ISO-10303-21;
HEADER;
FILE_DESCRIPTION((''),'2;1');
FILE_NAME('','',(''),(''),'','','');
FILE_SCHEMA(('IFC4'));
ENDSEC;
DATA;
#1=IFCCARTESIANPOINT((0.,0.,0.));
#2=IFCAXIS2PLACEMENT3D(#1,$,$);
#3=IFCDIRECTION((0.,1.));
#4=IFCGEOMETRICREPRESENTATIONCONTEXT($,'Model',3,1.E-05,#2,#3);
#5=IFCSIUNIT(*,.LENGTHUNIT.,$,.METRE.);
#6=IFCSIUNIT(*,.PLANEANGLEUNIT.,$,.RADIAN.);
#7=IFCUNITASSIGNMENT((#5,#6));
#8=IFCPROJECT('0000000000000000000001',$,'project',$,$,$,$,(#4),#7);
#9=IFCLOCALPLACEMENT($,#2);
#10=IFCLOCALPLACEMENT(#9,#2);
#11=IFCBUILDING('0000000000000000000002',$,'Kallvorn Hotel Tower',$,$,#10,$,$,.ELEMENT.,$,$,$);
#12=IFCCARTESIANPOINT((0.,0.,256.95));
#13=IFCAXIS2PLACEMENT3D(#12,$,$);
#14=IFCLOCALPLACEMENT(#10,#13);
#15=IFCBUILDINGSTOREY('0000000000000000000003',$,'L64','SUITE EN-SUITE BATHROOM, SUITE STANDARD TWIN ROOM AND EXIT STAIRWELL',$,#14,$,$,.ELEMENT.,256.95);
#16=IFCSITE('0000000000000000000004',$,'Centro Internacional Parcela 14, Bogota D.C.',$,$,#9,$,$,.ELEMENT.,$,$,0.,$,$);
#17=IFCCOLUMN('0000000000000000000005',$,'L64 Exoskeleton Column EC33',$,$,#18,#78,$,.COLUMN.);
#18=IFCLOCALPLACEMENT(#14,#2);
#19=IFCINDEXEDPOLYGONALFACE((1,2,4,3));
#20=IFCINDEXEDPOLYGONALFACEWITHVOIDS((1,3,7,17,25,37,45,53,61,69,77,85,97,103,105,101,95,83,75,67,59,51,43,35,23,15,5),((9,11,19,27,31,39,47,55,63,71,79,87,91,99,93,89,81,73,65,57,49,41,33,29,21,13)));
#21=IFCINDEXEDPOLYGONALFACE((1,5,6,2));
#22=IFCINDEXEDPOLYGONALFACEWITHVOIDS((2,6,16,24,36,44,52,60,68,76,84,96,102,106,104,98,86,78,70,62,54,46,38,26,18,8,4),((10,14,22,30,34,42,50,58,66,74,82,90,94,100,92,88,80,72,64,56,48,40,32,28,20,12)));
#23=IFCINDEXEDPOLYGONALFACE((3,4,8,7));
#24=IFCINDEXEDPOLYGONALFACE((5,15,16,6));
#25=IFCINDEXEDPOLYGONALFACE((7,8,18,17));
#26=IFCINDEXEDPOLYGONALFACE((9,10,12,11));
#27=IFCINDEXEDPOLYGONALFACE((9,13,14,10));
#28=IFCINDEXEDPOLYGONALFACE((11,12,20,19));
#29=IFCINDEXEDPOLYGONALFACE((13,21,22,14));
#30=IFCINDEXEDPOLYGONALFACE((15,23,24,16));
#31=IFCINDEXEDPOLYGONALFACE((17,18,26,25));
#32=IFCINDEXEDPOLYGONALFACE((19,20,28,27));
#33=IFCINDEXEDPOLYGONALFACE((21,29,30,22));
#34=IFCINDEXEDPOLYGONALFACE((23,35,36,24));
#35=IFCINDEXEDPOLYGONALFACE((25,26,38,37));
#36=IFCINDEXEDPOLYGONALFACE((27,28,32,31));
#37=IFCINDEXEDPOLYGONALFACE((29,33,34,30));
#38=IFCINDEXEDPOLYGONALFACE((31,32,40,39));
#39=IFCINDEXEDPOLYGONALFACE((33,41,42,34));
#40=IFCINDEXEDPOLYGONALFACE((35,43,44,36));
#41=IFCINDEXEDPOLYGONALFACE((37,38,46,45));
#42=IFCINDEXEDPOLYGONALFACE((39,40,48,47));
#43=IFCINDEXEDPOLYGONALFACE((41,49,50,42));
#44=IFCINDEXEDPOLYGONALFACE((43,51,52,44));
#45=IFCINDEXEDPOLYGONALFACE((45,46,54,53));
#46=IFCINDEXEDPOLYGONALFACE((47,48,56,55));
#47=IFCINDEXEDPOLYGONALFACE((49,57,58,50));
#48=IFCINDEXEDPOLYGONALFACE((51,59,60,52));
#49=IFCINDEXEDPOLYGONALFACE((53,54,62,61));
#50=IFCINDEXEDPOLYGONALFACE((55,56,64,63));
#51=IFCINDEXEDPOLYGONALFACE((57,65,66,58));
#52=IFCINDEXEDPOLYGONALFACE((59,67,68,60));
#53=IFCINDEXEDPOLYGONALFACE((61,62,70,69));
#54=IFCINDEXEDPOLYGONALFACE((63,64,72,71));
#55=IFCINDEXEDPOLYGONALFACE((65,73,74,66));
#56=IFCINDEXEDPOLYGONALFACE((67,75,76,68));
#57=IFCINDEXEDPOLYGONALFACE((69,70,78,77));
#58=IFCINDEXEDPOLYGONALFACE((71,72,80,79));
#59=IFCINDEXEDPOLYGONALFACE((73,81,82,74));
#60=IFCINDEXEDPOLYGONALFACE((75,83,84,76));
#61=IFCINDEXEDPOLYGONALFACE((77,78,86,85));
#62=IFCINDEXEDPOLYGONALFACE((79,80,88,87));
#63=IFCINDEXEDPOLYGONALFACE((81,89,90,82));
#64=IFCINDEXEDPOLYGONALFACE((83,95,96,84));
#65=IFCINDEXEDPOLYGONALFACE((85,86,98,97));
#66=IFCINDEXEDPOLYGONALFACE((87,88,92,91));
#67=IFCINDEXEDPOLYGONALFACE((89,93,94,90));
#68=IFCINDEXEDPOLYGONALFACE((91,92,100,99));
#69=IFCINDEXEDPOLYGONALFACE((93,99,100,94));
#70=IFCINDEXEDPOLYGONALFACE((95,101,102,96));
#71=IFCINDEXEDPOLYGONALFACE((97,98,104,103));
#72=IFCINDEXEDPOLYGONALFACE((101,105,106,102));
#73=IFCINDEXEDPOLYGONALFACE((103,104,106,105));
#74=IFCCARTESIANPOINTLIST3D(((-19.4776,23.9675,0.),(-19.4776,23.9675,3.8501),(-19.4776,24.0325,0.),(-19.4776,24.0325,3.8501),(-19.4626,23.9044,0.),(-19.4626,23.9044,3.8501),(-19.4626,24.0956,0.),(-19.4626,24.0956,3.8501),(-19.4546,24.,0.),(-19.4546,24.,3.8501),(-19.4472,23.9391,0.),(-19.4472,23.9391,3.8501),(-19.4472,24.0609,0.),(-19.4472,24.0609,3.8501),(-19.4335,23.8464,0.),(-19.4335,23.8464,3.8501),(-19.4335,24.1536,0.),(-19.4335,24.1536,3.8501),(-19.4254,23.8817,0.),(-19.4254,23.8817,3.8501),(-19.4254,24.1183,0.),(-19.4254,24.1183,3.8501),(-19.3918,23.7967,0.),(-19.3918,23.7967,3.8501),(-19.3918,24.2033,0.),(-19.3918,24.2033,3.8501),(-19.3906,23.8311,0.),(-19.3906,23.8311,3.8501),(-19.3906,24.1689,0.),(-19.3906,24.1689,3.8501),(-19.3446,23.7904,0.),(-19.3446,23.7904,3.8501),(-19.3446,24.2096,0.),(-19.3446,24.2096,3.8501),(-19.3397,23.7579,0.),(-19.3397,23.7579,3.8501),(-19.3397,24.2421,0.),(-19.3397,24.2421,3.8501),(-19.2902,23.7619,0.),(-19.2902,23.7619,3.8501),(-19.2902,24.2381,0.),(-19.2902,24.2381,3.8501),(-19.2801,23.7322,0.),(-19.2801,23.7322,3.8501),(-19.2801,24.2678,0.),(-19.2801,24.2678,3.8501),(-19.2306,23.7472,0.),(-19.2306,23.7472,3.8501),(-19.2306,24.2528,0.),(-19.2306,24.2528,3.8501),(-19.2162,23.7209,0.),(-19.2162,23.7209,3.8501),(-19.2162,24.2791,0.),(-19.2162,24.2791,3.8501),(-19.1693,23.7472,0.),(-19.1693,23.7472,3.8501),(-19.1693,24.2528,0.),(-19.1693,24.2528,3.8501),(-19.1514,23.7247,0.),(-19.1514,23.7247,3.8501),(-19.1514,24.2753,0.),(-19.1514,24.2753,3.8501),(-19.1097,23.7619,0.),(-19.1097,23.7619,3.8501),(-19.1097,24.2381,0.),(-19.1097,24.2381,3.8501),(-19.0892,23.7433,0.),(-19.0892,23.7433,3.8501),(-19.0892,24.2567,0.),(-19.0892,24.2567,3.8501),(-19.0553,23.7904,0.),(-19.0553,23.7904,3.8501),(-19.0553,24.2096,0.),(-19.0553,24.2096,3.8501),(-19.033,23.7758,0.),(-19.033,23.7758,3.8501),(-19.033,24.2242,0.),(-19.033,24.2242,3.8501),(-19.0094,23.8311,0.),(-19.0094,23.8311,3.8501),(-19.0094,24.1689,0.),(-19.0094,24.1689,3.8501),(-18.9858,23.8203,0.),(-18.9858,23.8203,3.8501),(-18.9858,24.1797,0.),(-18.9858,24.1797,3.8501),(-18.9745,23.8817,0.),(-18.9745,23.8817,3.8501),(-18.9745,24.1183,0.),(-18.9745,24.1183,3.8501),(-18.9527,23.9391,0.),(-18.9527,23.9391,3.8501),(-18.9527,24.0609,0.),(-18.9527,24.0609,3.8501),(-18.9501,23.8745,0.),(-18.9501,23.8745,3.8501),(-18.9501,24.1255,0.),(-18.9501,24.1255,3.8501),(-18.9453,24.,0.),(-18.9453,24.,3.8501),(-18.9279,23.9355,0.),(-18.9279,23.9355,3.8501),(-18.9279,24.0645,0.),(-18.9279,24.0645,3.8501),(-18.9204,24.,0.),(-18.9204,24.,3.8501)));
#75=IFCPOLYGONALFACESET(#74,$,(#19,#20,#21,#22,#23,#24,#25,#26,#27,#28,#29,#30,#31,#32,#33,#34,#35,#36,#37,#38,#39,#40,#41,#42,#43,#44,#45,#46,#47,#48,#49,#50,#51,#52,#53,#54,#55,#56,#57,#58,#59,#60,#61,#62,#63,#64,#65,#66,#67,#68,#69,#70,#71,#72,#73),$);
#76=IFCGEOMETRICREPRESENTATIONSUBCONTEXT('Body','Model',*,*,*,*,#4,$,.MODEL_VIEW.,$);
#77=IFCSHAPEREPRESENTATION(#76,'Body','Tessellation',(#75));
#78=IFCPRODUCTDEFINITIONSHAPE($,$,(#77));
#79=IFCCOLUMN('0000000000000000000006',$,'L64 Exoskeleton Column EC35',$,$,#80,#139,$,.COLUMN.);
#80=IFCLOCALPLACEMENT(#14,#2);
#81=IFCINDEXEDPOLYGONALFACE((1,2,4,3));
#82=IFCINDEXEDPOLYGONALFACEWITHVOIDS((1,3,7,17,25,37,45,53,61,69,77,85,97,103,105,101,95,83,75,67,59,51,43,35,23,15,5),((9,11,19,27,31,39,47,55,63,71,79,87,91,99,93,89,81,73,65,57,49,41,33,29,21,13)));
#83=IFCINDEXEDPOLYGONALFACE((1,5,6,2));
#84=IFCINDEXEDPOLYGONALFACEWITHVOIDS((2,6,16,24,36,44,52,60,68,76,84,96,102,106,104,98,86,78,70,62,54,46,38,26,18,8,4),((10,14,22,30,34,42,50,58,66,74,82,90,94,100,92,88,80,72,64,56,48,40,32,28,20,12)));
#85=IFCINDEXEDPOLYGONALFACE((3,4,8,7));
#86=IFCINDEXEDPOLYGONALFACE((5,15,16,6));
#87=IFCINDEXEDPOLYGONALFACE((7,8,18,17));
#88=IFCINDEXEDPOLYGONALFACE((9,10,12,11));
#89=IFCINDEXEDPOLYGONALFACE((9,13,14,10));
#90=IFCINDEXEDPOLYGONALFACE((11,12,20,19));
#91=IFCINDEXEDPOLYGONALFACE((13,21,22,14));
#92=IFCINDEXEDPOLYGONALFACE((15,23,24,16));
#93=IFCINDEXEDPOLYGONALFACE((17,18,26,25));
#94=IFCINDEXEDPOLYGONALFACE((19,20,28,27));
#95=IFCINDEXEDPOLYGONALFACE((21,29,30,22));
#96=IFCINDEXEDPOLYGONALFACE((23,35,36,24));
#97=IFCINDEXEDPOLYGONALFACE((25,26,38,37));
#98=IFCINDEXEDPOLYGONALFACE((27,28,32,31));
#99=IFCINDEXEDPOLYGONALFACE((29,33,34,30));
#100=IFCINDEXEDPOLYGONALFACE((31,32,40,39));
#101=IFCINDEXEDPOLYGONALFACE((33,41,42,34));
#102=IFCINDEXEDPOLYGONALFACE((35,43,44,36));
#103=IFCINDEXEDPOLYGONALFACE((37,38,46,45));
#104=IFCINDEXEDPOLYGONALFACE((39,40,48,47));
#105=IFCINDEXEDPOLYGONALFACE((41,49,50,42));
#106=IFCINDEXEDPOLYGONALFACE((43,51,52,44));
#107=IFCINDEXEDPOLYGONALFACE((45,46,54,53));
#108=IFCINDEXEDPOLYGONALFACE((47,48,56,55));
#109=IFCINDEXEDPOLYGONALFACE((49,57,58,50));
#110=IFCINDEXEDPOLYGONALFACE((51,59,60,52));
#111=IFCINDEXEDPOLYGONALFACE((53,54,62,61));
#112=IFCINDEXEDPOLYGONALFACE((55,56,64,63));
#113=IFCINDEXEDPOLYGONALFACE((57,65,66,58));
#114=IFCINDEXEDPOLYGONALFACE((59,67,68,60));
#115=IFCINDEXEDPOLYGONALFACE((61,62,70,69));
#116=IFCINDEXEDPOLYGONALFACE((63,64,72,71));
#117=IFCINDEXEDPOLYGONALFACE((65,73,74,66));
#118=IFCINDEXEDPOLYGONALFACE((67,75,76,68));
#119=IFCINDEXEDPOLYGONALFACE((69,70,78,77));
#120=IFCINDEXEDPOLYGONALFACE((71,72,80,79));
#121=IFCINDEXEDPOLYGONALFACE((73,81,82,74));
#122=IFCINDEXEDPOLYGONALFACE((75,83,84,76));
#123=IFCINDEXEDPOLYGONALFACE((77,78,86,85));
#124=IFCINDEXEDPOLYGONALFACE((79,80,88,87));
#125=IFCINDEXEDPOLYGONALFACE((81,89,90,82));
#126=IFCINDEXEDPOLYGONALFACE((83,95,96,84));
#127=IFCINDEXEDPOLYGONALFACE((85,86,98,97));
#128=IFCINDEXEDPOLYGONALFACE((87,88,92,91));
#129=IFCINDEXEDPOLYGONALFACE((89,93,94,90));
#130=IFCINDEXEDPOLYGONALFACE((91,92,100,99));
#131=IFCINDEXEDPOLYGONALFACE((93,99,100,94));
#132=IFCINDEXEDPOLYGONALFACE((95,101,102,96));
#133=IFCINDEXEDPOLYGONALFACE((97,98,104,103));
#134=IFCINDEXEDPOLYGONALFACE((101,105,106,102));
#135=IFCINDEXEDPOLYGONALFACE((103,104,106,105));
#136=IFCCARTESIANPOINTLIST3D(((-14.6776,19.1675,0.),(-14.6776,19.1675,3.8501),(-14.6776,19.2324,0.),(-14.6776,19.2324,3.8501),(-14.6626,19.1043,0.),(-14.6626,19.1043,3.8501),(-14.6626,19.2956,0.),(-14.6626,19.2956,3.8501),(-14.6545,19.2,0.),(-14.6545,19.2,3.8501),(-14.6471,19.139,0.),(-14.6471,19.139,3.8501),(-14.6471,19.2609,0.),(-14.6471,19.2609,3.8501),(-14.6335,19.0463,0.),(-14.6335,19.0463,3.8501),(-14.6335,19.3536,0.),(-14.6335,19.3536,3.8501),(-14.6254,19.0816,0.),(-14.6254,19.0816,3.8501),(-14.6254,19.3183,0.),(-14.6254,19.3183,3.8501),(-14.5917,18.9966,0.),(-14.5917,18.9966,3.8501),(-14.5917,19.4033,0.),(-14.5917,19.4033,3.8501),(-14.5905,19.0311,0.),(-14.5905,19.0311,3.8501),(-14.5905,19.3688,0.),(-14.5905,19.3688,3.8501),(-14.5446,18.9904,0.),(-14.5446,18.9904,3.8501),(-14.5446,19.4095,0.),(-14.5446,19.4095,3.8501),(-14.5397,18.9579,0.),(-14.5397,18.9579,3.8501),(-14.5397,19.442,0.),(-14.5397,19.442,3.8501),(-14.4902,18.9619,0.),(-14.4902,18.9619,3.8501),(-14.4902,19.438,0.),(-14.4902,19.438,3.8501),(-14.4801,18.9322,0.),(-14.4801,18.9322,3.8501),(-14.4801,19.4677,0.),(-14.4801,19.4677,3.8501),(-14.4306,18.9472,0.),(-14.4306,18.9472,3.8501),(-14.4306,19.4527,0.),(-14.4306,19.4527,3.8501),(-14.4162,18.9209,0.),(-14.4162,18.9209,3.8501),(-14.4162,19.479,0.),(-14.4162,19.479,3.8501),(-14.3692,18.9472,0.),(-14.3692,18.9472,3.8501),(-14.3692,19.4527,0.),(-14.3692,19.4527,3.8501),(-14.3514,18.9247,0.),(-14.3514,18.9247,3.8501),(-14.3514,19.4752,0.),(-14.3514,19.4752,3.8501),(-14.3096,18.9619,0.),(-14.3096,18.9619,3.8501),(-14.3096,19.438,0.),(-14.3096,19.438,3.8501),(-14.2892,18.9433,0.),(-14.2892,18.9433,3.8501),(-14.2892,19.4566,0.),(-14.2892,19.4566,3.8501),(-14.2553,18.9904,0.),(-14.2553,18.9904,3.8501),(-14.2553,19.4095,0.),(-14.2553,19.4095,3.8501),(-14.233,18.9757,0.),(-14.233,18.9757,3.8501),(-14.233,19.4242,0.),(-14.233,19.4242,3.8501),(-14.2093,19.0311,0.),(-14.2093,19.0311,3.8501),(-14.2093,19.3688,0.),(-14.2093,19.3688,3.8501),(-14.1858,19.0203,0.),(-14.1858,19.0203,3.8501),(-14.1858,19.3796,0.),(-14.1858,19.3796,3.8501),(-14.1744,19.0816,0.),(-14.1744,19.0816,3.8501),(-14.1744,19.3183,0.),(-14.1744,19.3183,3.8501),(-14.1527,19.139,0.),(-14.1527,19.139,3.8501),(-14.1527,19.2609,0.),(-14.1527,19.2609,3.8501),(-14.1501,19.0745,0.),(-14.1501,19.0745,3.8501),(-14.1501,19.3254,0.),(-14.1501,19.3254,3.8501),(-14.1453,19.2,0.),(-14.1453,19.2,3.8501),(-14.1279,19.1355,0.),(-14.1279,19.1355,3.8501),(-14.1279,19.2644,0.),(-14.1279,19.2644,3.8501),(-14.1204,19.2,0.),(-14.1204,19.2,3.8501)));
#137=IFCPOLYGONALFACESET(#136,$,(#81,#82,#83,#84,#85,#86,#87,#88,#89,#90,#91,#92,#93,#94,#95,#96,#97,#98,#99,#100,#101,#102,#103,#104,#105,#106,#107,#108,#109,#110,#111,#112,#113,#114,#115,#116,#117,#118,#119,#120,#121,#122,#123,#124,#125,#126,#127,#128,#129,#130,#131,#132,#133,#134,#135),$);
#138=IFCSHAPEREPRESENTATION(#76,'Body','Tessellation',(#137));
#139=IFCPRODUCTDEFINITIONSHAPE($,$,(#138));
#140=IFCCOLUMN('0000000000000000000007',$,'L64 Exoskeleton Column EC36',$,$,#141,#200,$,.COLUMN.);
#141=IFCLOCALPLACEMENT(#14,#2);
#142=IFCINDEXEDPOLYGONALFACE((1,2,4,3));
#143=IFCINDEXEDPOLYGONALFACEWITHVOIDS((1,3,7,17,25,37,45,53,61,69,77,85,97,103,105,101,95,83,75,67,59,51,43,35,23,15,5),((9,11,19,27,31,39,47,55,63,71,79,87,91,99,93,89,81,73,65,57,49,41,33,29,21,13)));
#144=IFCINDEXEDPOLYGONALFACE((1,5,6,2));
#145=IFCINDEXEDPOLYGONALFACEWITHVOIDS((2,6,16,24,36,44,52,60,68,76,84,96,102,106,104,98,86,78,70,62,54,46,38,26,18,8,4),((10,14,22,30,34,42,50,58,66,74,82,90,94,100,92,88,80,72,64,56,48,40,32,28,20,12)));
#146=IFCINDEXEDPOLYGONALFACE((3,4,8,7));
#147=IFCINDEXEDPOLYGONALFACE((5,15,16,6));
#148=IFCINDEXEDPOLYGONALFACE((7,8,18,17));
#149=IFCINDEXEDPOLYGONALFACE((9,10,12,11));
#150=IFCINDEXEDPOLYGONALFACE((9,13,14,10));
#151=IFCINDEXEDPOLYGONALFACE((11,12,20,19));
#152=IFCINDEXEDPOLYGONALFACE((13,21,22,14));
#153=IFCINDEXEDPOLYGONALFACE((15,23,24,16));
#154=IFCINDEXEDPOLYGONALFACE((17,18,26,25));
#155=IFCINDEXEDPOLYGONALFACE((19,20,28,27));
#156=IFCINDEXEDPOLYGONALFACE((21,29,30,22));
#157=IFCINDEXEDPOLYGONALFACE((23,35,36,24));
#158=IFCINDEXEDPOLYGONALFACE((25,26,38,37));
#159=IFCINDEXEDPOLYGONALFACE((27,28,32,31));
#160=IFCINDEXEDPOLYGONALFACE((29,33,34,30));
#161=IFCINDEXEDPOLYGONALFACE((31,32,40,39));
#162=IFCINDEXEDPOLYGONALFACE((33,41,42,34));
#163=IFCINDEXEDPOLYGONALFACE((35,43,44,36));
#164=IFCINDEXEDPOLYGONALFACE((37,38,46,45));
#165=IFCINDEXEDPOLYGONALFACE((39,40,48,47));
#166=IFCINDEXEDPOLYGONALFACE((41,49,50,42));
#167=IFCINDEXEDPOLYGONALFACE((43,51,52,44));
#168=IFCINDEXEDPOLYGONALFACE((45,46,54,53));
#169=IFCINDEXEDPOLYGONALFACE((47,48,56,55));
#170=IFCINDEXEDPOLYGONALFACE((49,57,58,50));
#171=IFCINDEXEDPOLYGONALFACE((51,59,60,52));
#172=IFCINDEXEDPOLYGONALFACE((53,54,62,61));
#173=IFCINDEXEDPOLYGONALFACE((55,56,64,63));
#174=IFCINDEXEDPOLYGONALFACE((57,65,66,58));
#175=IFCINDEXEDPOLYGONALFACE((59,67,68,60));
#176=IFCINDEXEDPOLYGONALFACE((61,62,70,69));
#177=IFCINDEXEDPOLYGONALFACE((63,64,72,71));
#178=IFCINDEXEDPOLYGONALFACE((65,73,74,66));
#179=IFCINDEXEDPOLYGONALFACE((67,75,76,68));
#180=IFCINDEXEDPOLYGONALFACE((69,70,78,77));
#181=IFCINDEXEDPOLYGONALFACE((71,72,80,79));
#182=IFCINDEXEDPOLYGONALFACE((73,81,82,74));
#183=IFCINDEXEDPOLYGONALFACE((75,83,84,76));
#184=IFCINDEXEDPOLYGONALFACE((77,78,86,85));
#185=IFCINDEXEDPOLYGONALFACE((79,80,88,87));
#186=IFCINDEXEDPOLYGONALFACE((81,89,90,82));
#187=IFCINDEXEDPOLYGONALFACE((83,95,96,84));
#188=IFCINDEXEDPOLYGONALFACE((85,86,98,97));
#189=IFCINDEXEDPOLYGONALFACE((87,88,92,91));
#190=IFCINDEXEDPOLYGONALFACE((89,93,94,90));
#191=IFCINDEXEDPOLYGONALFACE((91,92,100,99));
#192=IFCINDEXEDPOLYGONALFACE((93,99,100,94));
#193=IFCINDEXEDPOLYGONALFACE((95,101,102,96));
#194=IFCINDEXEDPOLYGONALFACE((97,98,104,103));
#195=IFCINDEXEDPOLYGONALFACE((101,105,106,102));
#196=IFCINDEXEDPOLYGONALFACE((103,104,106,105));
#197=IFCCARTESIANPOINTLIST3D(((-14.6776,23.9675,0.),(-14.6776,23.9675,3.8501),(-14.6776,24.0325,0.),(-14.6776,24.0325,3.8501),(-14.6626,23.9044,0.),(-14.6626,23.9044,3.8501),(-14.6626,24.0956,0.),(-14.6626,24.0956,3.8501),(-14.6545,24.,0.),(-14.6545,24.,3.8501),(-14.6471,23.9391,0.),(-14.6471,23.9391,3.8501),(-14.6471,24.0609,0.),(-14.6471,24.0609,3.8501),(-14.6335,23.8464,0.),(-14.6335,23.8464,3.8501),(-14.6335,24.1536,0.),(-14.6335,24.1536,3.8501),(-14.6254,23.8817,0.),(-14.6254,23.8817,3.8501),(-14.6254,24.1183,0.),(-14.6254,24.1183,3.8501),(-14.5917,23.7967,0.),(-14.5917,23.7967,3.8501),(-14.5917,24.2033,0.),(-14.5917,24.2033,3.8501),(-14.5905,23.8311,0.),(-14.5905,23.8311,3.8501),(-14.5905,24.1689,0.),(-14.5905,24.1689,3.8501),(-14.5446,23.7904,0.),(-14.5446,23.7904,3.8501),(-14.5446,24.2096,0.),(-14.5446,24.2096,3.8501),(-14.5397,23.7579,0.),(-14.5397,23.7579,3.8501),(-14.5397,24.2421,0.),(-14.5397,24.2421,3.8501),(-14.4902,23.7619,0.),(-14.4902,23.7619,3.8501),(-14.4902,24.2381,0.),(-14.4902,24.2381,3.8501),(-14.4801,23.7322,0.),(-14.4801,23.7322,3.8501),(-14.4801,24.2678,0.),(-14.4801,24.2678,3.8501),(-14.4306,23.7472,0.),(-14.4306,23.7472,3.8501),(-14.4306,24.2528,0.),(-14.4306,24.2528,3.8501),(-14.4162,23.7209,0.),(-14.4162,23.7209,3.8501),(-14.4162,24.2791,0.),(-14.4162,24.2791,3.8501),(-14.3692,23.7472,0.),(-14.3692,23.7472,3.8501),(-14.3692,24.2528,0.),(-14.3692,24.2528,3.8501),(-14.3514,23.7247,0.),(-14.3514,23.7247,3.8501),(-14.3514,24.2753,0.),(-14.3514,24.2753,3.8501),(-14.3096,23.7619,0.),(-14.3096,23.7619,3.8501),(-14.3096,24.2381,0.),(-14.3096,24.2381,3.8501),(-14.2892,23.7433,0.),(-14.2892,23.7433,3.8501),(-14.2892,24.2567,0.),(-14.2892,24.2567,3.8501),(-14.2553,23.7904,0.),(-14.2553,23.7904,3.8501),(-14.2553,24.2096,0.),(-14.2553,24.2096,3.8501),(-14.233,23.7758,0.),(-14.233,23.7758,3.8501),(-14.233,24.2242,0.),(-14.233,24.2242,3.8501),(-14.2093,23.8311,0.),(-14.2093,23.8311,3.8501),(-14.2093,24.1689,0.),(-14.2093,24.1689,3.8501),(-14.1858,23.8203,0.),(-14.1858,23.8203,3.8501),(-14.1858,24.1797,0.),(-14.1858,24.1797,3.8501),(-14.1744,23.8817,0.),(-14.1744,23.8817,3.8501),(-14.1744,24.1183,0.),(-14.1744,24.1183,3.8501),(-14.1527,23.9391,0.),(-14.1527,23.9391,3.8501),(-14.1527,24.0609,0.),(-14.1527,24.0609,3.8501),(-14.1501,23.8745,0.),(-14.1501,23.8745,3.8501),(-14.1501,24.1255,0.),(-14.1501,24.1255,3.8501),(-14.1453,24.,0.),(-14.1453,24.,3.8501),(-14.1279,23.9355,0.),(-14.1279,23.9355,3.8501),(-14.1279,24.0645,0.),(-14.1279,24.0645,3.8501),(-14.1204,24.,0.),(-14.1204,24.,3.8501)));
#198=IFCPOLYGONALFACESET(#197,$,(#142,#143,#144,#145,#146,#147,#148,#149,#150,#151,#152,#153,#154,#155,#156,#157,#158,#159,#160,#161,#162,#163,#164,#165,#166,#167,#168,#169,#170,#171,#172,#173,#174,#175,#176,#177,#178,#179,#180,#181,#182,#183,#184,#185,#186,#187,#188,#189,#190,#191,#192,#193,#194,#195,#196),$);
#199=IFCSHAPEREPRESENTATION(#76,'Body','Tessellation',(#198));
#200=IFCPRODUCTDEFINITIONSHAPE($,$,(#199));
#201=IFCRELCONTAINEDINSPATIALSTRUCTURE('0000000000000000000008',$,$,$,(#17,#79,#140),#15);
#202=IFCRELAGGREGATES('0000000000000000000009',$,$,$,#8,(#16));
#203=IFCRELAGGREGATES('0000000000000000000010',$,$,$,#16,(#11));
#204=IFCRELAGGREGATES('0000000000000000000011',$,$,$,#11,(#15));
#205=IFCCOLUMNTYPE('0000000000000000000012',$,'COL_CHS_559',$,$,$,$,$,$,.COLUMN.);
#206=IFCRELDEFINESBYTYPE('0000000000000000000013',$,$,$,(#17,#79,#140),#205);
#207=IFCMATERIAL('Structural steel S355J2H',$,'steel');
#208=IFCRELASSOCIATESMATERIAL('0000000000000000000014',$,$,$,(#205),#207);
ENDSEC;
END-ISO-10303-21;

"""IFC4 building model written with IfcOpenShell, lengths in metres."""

from ifc_helpers import new_model, si_unit, direction, frame, origin, origin_2d, place, context, subcontext, project, spatial, hollow_circle, extrude, material, material_profile, profile_set, type_object, element, save


model = new_model("IFC4")

# Units and contexts
model_context = context("Model", 3, precision=1e-05, world=origin(), true_north=direction((0.0, 1.0)))
body_context = subcontext(model_context, "Body", "Model", "MODEL_VIEW")
ifc_project = project(units=[si_unit("LENGTHUNIT", "METRE"), si_unit("PLANEANGLEUNIT", "RADIAN")], contexts=[model_context])

# Site, building, storey
site_placement = place(None, origin())
site = spatial("IfcSite", under=ifc_project, at=site_placement, Name="Centro Internacional Parcela 14, Bogota D.C.", CompositionType="ELEMENT", RefElevation=0.0)
building_placement = place(site_placement, origin())
building = spatial("IfcBuilding", under=site, at=building_placement, Name="Kallvorn Hotel Tower", CompositionType="ELEMENT")
storey_placement = place(building_placement, frame((0.0, 0.0, 256.95)))
storey = spatial("IfcBuildingStorey", under=building, at=storey_placement, Name="L64", Description="SUITE EN-SUITE BATHROOM, SUITE STANDARD TWIN ROOM AND EXIT STAIRWELL", CompositionType="ELEMENT", Elevation=256.95)

# Columns
ifc_material_1 = material(Name="Structural steel S355J2H", Category="steel")
ifc_material_profile_1 = material_profile(ifc_material_1, hollow_circle(Radius=0.2795, WallThickness=0.0249, at=origin_2d()), Name="CHS 559x25")
ifc_profile_set_1 = profile_set([ifc_material_profile_1], Name="Structural steel S355J2H")
column_type_1 = type_object("IfcColumnType", Name="COL_CHS_559", PredefinedType="COLUMN", material=ifc_profile_set_1)
for number, where, z_axis, x_axis, name in (
    (1, (-19.2, 24.0, 0.0), (0.0, 0.0, 1.0), (1.0, 0.0, 0.0), "L64 Exoskeleton Column EC33"),
    (2, (-14.3999, 19.2, 0.0), (0.0, 0.0, 1.0), (1.0, 0.0, 0.0), "L64 Exoskeleton Column EC35"),
    (3, (-14.3999, 24.0, 0.0), (0.0, 0.0, 1.0), (1.0, 0.0, 0.0), "L64 Exoskeleton Column EC36"),
):
    element("IfcColumn", number, at=place(storey_placement, frame(where, z_axis=z_axis, x_axis=x_axis)), inside=storey, type_object=column_type_1, Name=name, PredefinedType="COLUMN", context=body_context, shape_type="SweptSolid", body=[
        extrude(hollow_circle(Radius=0.2795, WallThickness=0.0249, at=origin_2d()), origin(), (0.0, 0.0, 1.0), 3.8501),
    ])

save(model, "model.ifc")
